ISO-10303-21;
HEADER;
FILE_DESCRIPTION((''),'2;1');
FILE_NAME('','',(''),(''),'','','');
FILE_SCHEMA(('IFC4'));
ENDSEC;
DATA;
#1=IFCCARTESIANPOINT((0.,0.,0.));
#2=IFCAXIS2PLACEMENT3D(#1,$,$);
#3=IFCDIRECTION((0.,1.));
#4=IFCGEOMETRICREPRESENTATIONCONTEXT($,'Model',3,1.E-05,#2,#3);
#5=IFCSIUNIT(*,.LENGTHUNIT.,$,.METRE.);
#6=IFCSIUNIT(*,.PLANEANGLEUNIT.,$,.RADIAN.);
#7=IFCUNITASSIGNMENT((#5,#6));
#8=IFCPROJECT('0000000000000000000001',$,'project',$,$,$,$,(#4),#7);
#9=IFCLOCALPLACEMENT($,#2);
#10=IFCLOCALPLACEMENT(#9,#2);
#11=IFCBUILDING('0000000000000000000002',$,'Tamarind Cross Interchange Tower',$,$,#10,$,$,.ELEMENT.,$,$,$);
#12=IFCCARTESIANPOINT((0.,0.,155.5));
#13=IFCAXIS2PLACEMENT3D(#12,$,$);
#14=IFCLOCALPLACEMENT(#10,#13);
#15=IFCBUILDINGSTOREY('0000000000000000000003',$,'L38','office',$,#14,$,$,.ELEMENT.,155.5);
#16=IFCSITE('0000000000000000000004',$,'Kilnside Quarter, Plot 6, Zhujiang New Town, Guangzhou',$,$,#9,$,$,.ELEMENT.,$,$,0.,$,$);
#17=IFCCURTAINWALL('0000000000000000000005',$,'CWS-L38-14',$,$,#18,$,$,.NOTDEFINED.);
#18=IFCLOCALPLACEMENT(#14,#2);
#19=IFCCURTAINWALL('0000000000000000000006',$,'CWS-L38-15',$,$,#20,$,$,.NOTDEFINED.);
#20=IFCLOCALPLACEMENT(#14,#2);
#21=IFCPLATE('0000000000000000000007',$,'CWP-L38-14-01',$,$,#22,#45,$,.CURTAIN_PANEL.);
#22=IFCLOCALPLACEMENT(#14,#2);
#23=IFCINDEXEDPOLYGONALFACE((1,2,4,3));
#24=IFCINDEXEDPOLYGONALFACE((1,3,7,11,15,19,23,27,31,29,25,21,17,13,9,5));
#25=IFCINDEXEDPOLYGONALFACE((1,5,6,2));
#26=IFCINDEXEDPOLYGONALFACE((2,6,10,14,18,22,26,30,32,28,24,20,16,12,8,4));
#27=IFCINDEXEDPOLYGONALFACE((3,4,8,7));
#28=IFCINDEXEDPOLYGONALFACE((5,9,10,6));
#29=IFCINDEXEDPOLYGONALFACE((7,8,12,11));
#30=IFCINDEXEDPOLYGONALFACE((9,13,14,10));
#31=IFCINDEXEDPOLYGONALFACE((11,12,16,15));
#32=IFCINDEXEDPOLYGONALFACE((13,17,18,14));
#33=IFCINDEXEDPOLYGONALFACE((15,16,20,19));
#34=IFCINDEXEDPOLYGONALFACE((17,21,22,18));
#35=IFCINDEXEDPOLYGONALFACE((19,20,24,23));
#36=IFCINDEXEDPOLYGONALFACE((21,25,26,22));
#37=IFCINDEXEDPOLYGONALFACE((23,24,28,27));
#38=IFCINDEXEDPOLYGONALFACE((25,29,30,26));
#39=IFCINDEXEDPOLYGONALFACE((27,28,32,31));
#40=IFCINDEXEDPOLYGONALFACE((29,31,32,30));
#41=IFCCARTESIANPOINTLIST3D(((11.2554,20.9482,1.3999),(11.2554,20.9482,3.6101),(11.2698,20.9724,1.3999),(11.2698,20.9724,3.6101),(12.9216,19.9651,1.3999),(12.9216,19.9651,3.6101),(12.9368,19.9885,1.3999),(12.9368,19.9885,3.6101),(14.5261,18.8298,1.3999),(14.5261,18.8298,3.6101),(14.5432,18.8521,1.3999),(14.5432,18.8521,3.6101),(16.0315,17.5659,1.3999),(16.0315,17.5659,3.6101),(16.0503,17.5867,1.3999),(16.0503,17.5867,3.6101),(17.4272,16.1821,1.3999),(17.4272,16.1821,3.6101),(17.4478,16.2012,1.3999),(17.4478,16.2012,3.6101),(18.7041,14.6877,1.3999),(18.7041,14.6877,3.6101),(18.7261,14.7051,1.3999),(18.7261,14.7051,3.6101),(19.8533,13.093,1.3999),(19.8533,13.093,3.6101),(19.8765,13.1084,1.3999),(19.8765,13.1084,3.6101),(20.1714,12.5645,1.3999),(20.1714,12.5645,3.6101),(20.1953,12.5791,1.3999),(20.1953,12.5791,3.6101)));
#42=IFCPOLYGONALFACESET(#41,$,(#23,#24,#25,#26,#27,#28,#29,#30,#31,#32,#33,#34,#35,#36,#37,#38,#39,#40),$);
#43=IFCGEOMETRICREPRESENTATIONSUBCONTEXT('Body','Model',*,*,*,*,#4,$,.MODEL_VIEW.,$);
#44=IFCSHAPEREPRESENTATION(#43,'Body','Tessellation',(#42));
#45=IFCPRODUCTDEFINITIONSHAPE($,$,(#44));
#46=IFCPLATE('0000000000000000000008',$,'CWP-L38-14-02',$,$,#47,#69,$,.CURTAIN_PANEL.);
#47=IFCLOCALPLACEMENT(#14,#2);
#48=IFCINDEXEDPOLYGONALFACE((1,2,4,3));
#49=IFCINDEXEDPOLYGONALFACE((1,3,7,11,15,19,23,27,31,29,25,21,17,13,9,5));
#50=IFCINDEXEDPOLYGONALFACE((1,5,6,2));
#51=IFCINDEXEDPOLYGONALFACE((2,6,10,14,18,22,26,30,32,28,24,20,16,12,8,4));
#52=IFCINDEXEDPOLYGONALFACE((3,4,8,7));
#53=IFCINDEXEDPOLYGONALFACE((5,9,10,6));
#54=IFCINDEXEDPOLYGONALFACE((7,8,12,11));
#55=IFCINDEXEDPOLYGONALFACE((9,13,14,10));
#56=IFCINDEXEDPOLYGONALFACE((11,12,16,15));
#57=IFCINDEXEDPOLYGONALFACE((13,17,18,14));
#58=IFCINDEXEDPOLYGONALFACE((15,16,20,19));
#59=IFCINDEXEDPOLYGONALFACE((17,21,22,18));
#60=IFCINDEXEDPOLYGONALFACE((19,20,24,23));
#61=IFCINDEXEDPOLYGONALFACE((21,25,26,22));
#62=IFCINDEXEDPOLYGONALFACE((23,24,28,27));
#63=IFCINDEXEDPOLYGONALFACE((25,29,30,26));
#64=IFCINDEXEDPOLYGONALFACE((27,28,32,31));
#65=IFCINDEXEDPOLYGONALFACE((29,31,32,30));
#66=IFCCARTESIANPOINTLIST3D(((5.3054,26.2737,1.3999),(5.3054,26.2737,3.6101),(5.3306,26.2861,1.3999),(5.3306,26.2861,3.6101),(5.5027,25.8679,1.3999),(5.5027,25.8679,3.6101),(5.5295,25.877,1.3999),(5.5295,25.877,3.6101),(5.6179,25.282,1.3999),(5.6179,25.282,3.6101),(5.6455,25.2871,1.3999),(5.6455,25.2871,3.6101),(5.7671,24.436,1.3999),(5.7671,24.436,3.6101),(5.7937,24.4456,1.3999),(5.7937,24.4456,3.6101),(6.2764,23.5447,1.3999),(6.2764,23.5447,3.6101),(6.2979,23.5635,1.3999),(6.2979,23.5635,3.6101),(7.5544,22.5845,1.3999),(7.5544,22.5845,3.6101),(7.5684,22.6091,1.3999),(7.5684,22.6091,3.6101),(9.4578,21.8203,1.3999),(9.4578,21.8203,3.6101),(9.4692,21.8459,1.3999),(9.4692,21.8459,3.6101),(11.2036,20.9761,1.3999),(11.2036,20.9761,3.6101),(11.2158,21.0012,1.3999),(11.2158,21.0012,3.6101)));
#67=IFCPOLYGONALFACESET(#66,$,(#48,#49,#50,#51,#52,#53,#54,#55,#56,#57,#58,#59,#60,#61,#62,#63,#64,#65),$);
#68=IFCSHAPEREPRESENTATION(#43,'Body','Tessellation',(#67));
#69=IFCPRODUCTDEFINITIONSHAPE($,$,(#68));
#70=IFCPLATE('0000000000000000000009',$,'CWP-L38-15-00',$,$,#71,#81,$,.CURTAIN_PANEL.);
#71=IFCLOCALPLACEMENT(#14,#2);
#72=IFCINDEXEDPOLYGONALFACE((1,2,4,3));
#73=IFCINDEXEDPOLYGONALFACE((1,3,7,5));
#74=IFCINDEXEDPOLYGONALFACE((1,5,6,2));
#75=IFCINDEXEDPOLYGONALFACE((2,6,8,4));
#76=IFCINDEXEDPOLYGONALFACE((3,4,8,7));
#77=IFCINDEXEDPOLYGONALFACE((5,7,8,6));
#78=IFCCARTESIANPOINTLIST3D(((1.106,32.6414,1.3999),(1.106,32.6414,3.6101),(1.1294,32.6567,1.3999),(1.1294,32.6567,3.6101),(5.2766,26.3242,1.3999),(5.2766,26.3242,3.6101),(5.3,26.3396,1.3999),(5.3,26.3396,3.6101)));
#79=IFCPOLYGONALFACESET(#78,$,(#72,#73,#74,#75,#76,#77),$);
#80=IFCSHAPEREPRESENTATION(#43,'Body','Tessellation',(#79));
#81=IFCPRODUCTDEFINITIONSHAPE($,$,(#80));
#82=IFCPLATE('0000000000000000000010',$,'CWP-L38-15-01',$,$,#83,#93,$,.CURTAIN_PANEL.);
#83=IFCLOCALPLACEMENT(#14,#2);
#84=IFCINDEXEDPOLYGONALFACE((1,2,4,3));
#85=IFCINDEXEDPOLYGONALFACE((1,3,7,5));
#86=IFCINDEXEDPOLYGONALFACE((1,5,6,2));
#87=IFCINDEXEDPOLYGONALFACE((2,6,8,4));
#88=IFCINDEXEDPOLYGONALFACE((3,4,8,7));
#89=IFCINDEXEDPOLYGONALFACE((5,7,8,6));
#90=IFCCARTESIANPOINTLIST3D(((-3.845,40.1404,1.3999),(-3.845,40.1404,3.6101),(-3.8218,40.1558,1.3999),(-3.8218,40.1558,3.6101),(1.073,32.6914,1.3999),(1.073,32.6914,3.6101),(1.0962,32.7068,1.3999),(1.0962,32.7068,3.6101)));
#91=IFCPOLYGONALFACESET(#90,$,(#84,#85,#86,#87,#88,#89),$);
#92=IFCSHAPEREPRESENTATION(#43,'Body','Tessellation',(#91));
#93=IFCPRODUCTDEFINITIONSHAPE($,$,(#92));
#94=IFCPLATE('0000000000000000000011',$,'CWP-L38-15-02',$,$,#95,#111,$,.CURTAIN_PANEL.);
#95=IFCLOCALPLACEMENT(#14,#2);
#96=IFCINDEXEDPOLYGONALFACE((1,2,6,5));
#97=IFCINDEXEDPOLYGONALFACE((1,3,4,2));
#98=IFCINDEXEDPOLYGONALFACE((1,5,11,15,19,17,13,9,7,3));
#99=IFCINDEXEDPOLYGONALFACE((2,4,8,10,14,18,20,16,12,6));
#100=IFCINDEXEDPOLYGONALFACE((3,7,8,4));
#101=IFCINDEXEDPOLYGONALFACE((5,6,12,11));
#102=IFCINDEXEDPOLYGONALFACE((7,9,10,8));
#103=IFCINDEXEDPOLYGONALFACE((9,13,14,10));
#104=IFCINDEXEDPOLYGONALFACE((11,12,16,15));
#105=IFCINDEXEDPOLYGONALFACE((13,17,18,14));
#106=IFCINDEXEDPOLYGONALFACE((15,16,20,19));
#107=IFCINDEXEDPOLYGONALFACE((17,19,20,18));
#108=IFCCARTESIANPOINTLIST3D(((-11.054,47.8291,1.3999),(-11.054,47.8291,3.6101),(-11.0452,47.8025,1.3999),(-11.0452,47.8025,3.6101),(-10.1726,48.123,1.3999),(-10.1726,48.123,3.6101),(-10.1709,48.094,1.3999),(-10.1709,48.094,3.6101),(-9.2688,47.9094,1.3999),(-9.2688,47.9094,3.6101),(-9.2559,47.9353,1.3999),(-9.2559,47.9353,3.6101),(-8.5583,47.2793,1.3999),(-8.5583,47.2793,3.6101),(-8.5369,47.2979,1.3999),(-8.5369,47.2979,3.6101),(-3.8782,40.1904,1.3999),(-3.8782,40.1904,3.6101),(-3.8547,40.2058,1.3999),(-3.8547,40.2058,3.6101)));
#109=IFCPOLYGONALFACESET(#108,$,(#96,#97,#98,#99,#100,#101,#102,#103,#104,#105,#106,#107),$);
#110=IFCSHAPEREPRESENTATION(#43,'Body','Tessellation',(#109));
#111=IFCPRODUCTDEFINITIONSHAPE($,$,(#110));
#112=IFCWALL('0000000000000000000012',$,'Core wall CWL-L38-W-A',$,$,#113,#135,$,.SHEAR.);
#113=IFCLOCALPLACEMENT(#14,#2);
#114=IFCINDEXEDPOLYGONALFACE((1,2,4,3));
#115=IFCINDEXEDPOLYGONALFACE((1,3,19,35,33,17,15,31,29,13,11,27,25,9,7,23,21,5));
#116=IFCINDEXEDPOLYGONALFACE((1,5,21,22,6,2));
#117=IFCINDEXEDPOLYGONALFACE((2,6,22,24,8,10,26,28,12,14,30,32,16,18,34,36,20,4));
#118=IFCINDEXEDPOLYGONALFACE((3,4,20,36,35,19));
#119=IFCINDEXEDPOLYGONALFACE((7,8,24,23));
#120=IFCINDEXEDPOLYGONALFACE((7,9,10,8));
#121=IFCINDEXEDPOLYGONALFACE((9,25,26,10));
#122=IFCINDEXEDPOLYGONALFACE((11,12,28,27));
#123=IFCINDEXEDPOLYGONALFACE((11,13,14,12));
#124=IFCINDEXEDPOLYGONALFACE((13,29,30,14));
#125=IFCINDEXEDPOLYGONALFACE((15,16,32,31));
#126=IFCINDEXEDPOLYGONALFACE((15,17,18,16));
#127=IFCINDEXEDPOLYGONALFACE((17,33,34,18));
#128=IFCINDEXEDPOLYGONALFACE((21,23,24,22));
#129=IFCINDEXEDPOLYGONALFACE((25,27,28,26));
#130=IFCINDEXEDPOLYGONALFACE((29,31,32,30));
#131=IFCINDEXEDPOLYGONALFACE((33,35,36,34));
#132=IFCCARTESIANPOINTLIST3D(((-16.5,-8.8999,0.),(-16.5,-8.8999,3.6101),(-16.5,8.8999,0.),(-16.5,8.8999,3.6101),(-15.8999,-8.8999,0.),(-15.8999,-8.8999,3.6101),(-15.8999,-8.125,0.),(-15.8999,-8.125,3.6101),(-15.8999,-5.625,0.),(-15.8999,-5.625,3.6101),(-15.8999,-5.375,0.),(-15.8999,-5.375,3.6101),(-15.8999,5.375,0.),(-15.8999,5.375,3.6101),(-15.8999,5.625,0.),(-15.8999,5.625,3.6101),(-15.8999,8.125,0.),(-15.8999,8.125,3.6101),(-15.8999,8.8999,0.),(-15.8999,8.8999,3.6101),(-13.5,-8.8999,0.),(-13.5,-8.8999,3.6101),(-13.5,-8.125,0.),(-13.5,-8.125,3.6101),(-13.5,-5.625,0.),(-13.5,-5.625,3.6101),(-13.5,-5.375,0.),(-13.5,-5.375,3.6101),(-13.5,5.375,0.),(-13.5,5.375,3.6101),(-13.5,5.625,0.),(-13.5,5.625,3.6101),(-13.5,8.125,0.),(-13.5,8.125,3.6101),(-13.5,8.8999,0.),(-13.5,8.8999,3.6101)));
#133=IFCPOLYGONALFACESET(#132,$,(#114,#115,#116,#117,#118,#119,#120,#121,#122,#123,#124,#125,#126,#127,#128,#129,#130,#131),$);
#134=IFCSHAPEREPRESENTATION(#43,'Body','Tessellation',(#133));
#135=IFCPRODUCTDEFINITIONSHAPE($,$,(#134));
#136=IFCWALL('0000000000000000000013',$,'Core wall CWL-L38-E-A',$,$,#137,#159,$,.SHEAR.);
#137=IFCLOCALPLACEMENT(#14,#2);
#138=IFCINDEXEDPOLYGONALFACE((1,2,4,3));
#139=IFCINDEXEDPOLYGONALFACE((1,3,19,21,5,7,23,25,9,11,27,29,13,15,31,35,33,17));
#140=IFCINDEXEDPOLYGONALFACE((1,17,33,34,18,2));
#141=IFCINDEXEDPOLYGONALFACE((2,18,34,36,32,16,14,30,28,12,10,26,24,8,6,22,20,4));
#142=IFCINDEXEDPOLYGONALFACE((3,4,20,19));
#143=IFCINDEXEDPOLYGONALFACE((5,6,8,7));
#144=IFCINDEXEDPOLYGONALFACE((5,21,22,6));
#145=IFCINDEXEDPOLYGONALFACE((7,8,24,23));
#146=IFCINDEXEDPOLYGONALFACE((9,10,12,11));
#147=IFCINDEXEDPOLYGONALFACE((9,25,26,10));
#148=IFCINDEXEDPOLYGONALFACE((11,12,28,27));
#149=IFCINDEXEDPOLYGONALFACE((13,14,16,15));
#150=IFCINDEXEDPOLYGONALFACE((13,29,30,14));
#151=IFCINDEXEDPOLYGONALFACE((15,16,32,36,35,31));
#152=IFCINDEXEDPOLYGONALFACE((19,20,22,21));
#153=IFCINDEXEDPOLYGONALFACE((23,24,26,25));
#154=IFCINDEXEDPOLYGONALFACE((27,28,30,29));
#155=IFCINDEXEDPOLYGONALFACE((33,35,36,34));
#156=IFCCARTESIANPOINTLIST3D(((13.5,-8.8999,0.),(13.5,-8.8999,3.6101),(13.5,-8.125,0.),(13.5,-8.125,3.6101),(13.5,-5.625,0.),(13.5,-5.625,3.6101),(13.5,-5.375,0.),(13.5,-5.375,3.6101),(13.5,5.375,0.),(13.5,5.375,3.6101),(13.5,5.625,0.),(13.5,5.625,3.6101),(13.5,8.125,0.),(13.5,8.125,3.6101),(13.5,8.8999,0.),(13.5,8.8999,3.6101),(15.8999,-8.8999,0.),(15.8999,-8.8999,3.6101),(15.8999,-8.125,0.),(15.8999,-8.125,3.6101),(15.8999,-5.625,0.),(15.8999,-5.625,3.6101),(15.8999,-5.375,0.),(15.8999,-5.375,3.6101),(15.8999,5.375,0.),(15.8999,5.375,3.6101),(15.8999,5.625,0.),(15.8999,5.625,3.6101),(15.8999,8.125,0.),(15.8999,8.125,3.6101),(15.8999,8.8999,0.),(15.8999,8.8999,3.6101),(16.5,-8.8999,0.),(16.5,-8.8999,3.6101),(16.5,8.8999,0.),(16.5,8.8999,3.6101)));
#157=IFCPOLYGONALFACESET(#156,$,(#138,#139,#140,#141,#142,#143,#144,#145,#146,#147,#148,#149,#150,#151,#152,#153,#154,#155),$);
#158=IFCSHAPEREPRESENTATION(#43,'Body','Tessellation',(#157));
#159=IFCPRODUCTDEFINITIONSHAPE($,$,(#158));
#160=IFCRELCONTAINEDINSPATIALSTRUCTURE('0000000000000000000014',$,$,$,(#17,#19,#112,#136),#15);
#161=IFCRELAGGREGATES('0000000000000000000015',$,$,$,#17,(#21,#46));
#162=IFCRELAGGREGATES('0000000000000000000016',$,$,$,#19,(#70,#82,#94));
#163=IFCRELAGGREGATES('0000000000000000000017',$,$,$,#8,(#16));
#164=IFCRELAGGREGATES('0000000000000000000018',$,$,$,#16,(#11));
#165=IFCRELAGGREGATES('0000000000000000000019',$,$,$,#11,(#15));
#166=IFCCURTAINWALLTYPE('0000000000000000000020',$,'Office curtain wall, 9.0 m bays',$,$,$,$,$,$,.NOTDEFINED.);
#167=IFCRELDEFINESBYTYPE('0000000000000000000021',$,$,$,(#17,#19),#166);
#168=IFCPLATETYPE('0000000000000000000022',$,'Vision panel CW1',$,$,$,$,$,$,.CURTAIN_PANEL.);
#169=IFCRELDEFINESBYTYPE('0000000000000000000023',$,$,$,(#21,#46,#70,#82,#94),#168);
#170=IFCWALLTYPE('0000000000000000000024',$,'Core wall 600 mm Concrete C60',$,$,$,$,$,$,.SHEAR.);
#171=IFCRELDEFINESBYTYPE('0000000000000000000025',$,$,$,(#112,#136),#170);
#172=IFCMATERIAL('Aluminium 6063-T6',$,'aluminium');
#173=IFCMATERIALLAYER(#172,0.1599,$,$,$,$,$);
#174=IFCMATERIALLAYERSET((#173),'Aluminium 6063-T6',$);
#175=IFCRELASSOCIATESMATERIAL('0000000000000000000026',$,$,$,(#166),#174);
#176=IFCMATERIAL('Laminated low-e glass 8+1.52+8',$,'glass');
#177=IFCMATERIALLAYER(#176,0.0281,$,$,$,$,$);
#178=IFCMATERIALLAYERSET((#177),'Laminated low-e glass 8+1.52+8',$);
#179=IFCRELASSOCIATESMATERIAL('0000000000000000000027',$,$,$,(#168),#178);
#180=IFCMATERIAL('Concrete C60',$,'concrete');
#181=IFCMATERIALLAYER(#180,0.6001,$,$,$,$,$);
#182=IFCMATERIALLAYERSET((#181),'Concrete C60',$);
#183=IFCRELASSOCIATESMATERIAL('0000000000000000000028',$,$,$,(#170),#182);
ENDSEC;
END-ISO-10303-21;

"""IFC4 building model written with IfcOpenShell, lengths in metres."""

from ifc_helpers import new_model, si_unit, direction, frame, origin, place, context, subcontext, project, spatial, polyline, outline, extrude, material, layer, layer_set, type_object, element, aggregate, save


model = new_model("IFC4")

# Units and contexts
model_context = context("Model", 3, precision=1e-05, world=origin(), true_north=direction((0.0, 1.0)))
body_context = subcontext(model_context, "Body", "Model", "MODEL_VIEW")
ifc_project = project(units=[si_unit("LENGTHUNIT", "METRE"), si_unit("PLANEANGLEUNIT", "RADIAN")], contexts=[model_context])

# Site, building, storey
site_placement = place(None, origin())
site = spatial("IfcSite", under=ifc_project, at=site_placement, Name="Kilnside Quarter, Plot 6, Zhujiang New Town, Guangzhou", CompositionType="ELEMENT", RefElevation=0.0)
building_placement = place(site_placement, origin())
building = spatial("IfcBuilding", under=site, at=building_placement, Name="Tamarind Cross Interchange Tower", CompositionType="ELEMENT")
storey_placement = place(building_placement, frame((0.0, 0.0, 155.5)))
storey = spatial("IfcBuildingStorey", under=building, at=storey_placement, Name="L38", Description="office", CompositionType="ELEMENT", Elevation=155.5)

# Curtain walls
ifc_material_1 = material(Name="Aluminium 6063-T6", Category="aluminium")
ifc_layer_1 = layer(ifc_material_1, 0.1599)
ifc_layer_set_1 = layer_set([ifc_layer_1], Name="Aluminium 6063-T6")
curtain_wall_type = type_object("IfcCurtainWallType", Name="Office curtain wall, 9.0 m bays", PredefinedType="NOTDEFINED", material=ifc_layer_set_1)
curtain_wall_1_placement = place(storey_placement, origin())
curtain_wall_1 = element("IfcCurtainWall", 1, at=curtain_wall_1_placement, inside=storey, type_object=curtain_wall_type, Name="CWS-L38-14", PredefinedType="NOTDEFINED")
curtain_wall_2_placement = place(storey_placement, origin())
curtain_wall_2 = element("IfcCurtainWall", 2, at=curtain_wall_2_placement, inside=storey, type_object=curtain_wall_type, Name="CWS-L38-15", PredefinedType="NOTDEFINED")

# Plates
ifc_material_2 = material(Name="Laminated low-e glass 8+1.52+8", Category="glass")
ifc_layer_2 = layer(ifc_material_2, 0.0281)
ifc_layer_set_2 = layer_set([ifc_layer_2], Name="Laminated low-e glass 8+1.52+8")
plate_type = type_object("IfcPlateType", Name="Vision panel CW1", PredefinedType="CURTAIN_PANEL", material=ifc_layer_set_2)
plate_1_placement = place(storey_placement, frame((0.0, 0.0, 1.3999)))
plate_1 = element("IfcPlate", 3, at=plate_1_placement, type_object=plate_type, Name="CWP-L38-14-01", PredefinedType="CURTAIN_PANEL", context=body_context, shape_type="SweptSolid", body=[
    extrude(outline(polyline([(20.1714, 12.5645), (19.8533, 13.093), (18.7041, 14.6877), (17.4272, 16.1821), (16.0315, 17.5659), (14.5261, 18.8298), (12.9216, 19.9651), (11.2554, 20.9482), (11.2698, 20.9724), (12.9368, 19.9885), (14.5432, 18.8521), (16.0503, 17.5867), (17.4478, 16.2012), (18.7261, 14.7051), (19.8765, 13.1084), (20.1953, 12.5791), (20.1714, 12.5645)])), origin(), (0.0, 0.0, 1.0), 2.2102),
])
plate_2_placement = place(storey_placement, frame((0.0, 0.0, 1.3999)))
plate_2 = element("IfcPlate", 4, at=plate_2_placement, type_object=plate_type, Name="CWP-L38-14-02", PredefinedType="CURTAIN_PANEL", context=body_context, shape_type="SweptSolid", body=[
    extrude(outline(polyline([(11.2036, 20.9761), (9.4578, 21.8203), (7.5544, 22.5845), (6.2764, 23.5447), (5.7671, 24.436), (5.6179, 25.282), (5.5027, 25.8679), (5.3054, 26.2737), (5.3306, 26.2861), (5.5295, 25.877), (5.6455, 25.2871), (5.7937, 24.4456), (6.2979, 23.5635), (7.5684, 22.6091), (9.4692, 21.8459), (11.2158, 21.0012), (11.2036, 20.9761)])), origin(), (0.0, 0.0, 1.0), 2.2102),
])
aggregate(curtain_wall_1, [plate_1, plate_2])
plate_3_placement = place(storey_placement, frame((0.0, 0.0, 1.3999)))
plate_3 = element("IfcPlate", 5, at=plate_3_placement, type_object=plate_type, Name="CWP-L38-15-00", PredefinedType="CURTAIN_PANEL", context=body_context, shape_type="SweptSolid", body=[
    extrude(outline(polyline([(5.2766, 26.3242), (1.106, 32.6414), (1.1294, 32.6567), (5.3, 26.3396), (5.2766, 26.3242)])), origin(), (0.0, 0.0, 1.0), 2.2102),
])
plate_4_placement = place(storey_placement, frame((0.0, 0.0, 1.3999)))
plate_4 = element("IfcPlate", 6, at=plate_4_placement, type_object=plate_type, Name="CWP-L38-15-01", PredefinedType="CURTAIN_PANEL", context=body_context, shape_type="SweptSolid", body=[
    extrude(outline(polyline([(1.073, 32.6914), (-3.845, 40.1404), (-3.8218, 40.1558), (1.0962, 32.7068), (1.073, 32.6914)])), origin(), (0.0, 0.0, 1.0), 2.2102),
])
plate_5_placement = place(storey_placement, frame((0.0, 0.0, 1.3999)))
plate_5 = element("IfcPlate", 7, at=plate_5_placement, type_object=plate_type, Name="CWP-L38-15-02", PredefinedType="CURTAIN_PANEL", context=body_context, shape_type="SweptSolid", body=[
    extrude(outline(polyline([(-3.8782, 40.1904), (-8.5583, 47.2793), (-9.2688, 47.9094), (-10.1709, 48.094), (-11.0452, 47.8025), (-11.054, 47.8291), (-10.1726, 48.123), (-9.2559, 47.9353), (-8.5369, 47.2979), (-3.8547, 40.2058), (-3.8782, 40.1904)])), origin(), (0.0, 0.0, 1.0), 2.2102),
])
aggregate(curtain_wall_2, [plate_3, plate_4, plate_5])

# Walls
ifc_material_3 = material(Name="Concrete C60", Category="concrete")
ifc_layer_3 = layer(ifc_material_3, 0.6001)
ifc_layer_set_3 = layer_set([ifc_layer_3], Name="Concrete C60")
wall_type_1 = type_object("IfcWallType", Name="Core wall 600 mm Concrete C60", PredefinedType="SHEAR", material=ifc_layer_set_3)
wall_1_placement = place(storey_placement, origin())
element("IfcWall", 8, at=wall_1_placement, inside=storey, type_object=wall_type_1, Name="Core wall CWL-L38-W-A", PredefinedType="SHEAR", context=body_context, shape_type="SweptSolid", body=[
    extrude(outline(polyline([(-13.5, -8.125), (-15.8999, -8.125), (-15.8999, -5.625), (-13.5, -5.625), (-13.5, -5.375), (-15.8999, -5.375), (-15.8999, 5.375), (-13.5, 5.375), (-13.5, 5.625), (-15.8999, 5.625), (-15.8999, 8.125), (-13.5, 8.125), (-13.5, 8.8999), (-15.8999, 8.8999), (-16.5, 8.8999), (-16.5, -8.8999), (-15.8999, -8.8999), (-13.5, -8.8999), (-13.5, -8.125)])), origin(), (0.0, 0.0, 1.0), 3.6101),
])
wall_2_placement = place(storey_placement, origin())
element("IfcWall", 9, at=wall_2_placement, inside=storey, type_object=wall_type_1, Name="Core wall CWL-L38-E-A", PredefinedType="SHEAR", context=body_context, shape_type="SweptSolid", body=[
    extrude(outline(polyline([(13.5, -8.125), (13.5, -8.8999), (15.8999, -8.8999), (16.5, -8.8999), (16.5, 8.8999), (15.8999, 8.8999), (13.5, 8.8999), (13.5, 8.125), (15.8999, 8.125), (15.8999, 5.625), (13.5, 5.625), (13.5, 5.375), (15.8999, 5.375), (15.8999, -5.375), (13.5, -5.375), (13.5, -5.625), (15.8999, -5.625), (15.8999, -8.125), (13.5, -8.125)])), origin(), (0.0, 0.0, 1.0), 3.6101),
])

save(model, "model.ifc")
